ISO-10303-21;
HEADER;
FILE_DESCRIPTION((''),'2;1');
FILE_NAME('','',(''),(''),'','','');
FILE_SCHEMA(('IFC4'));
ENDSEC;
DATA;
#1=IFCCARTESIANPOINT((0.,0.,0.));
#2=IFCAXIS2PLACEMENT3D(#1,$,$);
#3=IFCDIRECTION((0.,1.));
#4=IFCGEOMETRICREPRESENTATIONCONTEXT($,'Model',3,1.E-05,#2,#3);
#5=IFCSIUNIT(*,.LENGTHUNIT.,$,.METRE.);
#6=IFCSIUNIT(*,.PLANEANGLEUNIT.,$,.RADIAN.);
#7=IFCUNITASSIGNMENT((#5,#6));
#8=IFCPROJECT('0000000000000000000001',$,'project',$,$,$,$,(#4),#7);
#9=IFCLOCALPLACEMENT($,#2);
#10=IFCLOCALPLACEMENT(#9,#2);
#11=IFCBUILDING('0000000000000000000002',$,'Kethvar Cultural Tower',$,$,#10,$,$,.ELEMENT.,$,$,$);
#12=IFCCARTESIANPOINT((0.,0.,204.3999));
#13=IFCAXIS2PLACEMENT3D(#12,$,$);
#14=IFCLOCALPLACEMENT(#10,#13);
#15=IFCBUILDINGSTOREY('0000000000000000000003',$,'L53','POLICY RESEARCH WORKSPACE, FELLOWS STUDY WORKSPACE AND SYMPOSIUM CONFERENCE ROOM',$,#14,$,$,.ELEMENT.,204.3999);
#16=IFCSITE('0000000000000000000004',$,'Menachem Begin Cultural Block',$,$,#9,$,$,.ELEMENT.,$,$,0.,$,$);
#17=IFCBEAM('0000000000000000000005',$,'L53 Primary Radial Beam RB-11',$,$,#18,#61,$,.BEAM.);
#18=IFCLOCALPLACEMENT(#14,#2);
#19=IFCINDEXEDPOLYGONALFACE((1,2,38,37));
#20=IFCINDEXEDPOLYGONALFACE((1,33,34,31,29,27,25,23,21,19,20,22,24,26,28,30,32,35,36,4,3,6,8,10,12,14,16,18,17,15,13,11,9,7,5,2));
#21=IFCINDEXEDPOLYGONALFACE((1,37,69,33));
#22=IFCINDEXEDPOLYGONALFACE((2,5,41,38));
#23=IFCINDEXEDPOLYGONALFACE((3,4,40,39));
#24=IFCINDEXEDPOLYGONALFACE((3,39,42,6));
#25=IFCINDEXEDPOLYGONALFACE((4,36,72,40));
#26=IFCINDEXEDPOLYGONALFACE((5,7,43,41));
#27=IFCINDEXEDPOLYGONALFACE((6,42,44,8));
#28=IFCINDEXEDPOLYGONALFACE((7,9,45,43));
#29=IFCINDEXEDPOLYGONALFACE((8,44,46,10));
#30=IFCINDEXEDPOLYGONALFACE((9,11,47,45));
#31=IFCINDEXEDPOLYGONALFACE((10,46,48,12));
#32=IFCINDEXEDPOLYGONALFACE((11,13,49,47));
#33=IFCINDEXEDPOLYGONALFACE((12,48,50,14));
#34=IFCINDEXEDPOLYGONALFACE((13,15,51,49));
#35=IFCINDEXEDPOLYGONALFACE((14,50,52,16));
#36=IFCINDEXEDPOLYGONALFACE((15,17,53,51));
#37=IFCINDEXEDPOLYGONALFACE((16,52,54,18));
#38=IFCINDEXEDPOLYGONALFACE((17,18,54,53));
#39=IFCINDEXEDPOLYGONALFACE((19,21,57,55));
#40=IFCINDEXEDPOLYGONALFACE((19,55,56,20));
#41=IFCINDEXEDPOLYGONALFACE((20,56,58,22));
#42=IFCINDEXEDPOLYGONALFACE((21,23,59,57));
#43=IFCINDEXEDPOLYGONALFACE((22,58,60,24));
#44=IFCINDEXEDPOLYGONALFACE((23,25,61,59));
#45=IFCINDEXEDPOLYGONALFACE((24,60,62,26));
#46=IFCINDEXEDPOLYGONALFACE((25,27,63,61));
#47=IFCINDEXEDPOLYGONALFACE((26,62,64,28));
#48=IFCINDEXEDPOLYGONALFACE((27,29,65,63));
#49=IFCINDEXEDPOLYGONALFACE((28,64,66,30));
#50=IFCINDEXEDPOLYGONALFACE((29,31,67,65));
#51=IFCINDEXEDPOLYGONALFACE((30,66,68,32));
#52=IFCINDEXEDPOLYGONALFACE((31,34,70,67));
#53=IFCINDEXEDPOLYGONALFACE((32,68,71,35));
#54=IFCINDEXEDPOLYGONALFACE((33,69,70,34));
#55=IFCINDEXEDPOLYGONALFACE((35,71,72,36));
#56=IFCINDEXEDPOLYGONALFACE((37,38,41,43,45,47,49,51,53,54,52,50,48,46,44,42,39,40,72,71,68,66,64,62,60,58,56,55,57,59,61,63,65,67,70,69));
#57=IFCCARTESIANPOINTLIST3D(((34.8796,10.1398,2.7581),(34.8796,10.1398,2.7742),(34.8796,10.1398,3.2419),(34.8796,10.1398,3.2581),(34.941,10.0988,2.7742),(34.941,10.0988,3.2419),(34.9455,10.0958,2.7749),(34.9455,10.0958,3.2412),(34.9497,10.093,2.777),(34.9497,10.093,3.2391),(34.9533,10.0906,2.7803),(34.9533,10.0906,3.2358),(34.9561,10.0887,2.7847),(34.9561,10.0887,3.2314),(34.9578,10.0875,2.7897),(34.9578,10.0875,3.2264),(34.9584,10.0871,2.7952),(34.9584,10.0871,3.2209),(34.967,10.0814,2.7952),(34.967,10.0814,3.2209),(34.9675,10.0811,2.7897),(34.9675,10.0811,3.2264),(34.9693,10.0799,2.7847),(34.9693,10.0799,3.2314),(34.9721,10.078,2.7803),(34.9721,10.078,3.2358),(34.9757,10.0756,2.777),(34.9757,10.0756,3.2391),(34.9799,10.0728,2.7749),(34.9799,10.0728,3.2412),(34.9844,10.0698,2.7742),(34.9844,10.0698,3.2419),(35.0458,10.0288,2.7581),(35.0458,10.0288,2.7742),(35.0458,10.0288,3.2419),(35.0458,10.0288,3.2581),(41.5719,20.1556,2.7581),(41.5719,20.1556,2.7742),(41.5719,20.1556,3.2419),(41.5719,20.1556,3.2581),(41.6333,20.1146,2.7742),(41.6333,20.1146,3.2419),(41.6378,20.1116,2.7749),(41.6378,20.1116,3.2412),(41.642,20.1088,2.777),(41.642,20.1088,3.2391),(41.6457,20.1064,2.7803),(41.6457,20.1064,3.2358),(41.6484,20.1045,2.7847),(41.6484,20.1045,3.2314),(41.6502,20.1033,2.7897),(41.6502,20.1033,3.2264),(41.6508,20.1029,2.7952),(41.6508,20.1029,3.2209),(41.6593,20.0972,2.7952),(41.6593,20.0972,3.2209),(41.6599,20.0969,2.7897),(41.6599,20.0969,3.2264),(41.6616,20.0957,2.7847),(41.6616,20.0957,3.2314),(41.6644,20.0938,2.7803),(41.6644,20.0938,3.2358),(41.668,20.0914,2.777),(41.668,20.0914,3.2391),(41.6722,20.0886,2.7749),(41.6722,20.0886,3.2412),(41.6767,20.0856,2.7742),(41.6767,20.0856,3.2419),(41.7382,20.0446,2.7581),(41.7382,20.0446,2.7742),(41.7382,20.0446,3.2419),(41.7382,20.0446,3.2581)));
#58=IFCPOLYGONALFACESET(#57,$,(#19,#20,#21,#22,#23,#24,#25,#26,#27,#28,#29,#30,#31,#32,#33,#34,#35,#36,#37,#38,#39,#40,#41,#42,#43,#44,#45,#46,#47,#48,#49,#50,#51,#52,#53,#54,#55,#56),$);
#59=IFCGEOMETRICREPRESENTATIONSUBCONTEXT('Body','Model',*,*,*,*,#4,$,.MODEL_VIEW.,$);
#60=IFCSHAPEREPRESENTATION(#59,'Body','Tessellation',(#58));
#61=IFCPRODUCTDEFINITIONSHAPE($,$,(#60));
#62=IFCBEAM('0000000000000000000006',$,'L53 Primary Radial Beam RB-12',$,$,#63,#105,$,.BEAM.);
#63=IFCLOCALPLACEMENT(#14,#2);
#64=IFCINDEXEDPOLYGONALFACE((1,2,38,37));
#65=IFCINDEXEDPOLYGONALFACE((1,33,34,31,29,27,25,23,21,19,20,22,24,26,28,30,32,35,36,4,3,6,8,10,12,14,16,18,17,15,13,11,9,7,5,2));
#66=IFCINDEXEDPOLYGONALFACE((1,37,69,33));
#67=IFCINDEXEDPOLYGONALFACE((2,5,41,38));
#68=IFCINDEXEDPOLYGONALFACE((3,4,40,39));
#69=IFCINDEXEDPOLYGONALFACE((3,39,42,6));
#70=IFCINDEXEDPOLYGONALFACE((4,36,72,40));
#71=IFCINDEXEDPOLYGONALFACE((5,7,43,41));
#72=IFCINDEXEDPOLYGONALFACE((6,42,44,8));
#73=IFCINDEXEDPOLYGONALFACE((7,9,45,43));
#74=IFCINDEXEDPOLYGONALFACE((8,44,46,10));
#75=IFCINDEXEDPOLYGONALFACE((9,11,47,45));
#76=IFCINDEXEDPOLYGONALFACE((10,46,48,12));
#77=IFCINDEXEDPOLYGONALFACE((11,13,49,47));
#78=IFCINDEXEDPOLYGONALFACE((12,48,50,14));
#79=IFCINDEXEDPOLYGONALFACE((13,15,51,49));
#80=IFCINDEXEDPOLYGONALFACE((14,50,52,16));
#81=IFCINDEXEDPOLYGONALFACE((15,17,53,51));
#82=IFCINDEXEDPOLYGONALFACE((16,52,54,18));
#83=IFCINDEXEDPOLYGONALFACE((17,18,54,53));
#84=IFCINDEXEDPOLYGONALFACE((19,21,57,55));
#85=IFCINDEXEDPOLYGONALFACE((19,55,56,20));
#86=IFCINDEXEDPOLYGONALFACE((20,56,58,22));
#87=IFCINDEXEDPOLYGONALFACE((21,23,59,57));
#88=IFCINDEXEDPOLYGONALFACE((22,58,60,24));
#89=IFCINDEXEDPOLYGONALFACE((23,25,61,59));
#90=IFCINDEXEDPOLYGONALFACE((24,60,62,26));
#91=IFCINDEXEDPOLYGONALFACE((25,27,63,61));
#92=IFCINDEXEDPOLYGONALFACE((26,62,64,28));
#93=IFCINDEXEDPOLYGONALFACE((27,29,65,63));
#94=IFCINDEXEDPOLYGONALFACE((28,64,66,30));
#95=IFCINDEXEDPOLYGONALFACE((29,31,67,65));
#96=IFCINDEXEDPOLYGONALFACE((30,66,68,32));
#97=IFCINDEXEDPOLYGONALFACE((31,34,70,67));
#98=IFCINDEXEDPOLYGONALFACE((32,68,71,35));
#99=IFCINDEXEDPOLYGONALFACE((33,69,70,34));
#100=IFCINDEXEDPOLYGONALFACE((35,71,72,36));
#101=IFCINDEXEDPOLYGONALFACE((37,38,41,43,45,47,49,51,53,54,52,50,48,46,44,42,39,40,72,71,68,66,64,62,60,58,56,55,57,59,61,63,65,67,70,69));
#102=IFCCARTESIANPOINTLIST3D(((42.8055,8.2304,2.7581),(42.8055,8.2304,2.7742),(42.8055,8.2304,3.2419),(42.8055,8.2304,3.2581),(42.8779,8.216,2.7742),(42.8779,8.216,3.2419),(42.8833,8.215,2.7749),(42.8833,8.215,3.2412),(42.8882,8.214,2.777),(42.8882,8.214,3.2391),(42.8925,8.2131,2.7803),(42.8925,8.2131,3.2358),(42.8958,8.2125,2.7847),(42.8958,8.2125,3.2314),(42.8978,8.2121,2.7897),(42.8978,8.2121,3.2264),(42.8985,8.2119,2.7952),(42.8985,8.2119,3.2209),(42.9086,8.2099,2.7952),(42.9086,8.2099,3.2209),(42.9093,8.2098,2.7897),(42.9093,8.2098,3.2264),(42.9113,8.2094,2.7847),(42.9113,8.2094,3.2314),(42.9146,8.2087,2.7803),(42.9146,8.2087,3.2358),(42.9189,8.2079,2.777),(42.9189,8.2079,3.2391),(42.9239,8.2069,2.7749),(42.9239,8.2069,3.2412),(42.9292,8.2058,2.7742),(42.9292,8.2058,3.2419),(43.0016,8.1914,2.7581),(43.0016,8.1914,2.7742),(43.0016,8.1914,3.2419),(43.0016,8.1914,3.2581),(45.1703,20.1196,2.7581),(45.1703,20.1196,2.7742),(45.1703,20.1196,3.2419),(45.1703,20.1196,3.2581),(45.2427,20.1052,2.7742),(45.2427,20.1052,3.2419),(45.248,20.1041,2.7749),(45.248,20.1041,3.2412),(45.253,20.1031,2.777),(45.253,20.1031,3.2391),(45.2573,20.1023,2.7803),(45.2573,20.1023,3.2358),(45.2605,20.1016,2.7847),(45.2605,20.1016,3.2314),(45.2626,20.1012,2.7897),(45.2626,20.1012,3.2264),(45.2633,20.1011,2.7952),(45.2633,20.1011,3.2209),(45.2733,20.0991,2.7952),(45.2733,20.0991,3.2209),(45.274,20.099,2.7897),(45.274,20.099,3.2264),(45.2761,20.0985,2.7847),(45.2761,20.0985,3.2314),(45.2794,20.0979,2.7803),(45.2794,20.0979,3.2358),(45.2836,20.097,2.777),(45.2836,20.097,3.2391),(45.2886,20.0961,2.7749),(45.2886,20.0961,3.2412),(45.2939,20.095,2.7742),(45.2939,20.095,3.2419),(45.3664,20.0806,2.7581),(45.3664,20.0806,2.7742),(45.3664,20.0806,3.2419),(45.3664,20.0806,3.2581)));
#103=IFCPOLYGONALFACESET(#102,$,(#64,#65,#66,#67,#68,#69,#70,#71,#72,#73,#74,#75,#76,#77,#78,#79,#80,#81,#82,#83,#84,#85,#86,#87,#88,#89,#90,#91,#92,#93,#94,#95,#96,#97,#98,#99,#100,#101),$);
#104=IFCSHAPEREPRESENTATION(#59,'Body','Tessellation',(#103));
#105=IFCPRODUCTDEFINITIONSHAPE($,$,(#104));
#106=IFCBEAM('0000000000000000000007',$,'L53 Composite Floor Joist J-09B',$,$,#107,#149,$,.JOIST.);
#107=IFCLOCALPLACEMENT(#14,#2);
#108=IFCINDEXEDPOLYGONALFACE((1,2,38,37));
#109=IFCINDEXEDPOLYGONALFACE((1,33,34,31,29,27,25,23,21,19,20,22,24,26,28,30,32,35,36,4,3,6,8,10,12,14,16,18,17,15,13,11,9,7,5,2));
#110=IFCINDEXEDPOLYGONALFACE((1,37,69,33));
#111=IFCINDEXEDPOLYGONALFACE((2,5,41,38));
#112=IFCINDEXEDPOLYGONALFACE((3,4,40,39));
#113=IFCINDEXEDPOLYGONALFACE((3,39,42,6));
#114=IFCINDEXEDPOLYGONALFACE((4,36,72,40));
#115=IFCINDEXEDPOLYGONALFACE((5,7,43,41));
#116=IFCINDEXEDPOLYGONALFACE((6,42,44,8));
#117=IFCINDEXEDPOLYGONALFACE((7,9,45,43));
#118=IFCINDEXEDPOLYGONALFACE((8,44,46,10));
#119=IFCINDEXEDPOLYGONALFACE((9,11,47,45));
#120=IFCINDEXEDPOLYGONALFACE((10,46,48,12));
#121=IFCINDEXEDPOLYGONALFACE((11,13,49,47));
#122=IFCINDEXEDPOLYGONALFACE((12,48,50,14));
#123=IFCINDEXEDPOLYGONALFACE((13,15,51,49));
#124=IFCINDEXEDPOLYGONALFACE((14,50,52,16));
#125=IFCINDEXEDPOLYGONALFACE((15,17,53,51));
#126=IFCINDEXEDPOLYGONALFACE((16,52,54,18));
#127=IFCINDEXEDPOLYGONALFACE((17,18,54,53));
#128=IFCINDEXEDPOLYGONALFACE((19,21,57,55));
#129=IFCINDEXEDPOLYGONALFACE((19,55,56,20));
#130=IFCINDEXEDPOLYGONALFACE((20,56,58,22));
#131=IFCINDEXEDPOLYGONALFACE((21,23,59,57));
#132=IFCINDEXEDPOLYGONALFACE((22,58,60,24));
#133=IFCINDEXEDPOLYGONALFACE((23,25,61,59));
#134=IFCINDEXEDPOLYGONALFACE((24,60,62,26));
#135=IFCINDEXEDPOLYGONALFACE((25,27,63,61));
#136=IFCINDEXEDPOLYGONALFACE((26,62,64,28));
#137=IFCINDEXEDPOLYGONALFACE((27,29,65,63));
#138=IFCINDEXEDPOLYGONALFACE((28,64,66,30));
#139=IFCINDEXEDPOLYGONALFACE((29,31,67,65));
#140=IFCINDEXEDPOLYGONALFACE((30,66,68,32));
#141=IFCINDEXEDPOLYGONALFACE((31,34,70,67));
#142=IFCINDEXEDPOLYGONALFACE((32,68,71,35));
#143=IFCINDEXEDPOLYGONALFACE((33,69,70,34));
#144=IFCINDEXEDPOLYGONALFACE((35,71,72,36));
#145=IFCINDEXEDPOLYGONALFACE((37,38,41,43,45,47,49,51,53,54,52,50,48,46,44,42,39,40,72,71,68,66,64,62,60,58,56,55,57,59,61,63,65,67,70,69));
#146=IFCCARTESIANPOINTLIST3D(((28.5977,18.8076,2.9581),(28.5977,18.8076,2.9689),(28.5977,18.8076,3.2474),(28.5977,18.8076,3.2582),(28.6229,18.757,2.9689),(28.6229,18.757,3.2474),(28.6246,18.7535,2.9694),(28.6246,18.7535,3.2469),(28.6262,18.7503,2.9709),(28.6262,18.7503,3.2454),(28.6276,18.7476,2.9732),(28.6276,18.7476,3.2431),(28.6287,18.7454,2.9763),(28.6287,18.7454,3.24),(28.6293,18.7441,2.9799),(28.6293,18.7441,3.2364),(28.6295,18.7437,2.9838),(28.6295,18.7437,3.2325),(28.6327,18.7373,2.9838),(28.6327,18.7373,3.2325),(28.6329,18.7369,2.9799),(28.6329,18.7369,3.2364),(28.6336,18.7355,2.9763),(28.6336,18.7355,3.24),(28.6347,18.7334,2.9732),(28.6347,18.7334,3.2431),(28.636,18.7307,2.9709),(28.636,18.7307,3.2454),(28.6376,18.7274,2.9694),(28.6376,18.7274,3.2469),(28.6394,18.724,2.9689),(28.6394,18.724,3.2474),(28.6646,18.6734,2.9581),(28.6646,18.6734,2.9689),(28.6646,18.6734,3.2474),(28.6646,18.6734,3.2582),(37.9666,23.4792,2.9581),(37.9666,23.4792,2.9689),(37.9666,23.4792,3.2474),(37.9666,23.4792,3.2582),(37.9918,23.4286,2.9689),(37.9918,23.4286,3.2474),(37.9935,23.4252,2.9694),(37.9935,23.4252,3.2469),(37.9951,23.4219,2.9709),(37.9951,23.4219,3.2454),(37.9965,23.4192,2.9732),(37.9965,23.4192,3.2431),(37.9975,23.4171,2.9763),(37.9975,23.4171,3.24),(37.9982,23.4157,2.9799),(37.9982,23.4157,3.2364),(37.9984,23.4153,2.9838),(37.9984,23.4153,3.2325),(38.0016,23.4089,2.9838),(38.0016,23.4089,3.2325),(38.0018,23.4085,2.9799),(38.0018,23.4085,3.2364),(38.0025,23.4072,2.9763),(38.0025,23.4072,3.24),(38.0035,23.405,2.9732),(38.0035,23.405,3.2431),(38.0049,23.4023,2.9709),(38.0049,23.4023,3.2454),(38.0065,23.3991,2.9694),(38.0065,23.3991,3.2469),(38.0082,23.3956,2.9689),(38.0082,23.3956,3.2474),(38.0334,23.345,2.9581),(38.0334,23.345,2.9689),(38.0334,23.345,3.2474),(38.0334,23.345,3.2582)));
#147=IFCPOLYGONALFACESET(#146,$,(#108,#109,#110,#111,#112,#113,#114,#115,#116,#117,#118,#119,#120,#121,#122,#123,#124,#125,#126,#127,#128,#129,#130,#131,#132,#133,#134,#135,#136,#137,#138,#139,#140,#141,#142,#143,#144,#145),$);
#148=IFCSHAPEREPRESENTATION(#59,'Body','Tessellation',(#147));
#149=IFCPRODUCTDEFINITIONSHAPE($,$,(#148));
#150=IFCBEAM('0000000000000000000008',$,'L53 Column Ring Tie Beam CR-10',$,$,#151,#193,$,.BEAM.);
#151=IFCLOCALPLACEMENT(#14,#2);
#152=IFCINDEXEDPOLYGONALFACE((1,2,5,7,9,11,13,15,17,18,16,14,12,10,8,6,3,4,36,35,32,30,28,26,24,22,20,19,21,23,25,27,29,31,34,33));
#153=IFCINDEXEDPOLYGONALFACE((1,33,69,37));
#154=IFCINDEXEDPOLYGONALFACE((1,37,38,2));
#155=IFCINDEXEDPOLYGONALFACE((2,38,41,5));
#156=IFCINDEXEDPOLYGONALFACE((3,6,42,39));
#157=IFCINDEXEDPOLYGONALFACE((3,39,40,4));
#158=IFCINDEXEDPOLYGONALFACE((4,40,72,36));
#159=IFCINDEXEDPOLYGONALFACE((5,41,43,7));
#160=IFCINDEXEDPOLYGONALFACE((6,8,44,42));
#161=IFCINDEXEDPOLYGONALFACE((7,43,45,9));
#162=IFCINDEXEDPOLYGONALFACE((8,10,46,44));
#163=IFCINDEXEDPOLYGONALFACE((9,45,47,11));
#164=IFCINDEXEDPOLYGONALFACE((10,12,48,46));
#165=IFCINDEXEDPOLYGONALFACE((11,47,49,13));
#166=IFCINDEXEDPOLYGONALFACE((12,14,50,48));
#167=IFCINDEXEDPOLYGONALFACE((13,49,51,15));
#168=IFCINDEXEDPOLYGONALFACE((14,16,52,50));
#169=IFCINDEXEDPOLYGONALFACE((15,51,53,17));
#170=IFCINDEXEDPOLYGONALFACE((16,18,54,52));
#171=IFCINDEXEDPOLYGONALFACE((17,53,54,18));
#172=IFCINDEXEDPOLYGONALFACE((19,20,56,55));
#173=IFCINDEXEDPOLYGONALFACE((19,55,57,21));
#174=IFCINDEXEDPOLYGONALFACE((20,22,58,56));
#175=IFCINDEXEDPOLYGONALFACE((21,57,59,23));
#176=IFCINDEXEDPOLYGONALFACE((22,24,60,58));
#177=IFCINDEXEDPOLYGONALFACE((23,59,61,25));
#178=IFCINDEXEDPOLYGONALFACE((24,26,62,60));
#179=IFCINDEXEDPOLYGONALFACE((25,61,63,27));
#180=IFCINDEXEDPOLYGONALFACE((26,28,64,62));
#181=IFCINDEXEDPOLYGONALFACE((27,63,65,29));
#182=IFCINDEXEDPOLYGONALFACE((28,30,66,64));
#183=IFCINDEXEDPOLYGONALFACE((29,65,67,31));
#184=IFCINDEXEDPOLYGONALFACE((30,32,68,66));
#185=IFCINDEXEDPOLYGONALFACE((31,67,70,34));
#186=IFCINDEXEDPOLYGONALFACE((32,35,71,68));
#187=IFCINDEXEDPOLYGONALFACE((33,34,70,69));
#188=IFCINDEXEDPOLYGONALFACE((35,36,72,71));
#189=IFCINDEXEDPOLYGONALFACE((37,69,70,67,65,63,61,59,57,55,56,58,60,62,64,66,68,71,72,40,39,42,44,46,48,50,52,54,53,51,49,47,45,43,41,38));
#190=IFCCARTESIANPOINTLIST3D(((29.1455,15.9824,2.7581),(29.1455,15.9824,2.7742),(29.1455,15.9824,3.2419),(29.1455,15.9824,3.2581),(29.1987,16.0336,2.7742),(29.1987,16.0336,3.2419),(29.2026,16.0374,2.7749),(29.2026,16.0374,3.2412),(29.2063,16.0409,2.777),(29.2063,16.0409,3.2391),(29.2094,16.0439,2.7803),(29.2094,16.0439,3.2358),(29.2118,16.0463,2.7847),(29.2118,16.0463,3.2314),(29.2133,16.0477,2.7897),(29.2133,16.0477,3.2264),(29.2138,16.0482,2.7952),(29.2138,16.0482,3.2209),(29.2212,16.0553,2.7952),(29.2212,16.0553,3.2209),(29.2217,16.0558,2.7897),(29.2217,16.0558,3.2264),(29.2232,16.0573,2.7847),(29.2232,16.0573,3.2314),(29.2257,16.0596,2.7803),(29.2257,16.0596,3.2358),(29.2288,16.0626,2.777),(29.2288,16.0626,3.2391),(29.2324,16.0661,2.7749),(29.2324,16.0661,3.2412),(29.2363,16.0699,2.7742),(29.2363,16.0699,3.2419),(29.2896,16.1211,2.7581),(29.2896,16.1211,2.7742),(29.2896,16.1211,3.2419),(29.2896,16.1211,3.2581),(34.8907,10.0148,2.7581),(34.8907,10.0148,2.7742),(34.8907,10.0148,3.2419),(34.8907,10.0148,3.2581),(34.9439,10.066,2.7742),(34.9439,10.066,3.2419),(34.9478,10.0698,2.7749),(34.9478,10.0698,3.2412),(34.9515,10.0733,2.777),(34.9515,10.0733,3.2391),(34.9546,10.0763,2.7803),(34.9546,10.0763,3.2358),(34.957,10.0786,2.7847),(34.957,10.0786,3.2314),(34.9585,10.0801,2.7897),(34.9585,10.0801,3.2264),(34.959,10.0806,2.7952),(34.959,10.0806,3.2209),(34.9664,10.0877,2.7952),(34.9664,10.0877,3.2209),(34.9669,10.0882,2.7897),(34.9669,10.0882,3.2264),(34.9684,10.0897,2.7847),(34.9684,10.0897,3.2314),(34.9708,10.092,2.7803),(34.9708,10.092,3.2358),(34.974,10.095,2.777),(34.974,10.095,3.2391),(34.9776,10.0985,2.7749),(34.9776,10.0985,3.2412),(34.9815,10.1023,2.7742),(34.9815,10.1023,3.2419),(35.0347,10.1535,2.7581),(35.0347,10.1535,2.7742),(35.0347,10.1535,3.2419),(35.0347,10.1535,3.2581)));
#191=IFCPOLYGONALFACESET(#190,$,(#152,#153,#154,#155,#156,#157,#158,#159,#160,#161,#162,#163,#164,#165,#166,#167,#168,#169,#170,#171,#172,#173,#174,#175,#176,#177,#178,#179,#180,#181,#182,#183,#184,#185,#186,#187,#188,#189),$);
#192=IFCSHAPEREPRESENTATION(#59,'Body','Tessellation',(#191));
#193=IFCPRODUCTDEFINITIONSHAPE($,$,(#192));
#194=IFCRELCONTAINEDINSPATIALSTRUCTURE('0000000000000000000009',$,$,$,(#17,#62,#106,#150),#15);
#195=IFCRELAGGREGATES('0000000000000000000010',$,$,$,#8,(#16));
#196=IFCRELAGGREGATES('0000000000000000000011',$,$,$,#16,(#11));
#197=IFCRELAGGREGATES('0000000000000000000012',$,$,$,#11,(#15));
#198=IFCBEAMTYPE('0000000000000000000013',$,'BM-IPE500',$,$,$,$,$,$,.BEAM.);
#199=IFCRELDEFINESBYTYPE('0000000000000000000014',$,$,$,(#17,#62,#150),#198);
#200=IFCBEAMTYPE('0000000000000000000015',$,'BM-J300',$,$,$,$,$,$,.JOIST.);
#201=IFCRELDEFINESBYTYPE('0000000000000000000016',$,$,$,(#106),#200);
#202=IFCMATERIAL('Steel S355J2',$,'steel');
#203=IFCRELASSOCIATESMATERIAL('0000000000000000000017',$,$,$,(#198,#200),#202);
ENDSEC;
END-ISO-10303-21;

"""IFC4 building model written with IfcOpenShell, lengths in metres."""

from ifc_helpers import new_model, si_unit, direction, frame, origin, origin_2d, place, context, subcontext, project, spatial, i_section, extrude, source, transform, mapped, material, material_profile, profile_set, type_object, element, save


model = new_model("IFC4")

# Units and contexts
model_context = context("Model", 3, precision=1e-05, world=origin(), true_north=direction((0.0, 1.0)))
body_context = subcontext(model_context, "Body", "Model", "MODEL_VIEW")
ifc_project = project(units=[si_unit("LENGTHUNIT", "METRE"), si_unit("PLANEANGLEUNIT", "RADIAN")], contexts=[model_context])

# Site, building, storey
site_placement = place(None, origin())
site = spatial("IfcSite", under=ifc_project, at=site_placement, Name="Menachem Begin Cultural Block", CompositionType="ELEMENT", RefElevation=0.0)
building_placement = place(site_placement, origin())
building = spatial("IfcBuilding", under=site, at=building_placement, Name="Kethvar Cultural Tower", CompositionType="ELEMENT")
storey_placement = place(building_placement, frame((0.0, 0.0, 204.3999)))
storey = spatial("IfcBuildingStorey", under=building, at=storey_placement, Name="L53", Description="POLICY RESEARCH WORKSPACE, FELLOWS STUDY WORKSPACE AND SYMPOSIUM CONFERENCE ROOM", CompositionType="ELEMENT", Elevation=204.3999)

# Beams
ifc_material_1 = material(Name="Steel S355J2", Category="steel")
ifc_material_profile_1 = material_profile(ifc_material_1, i_section(OverallWidth=0.2, OverallDepth=0.5, WebThickness=0.0103, FlangeThickness=0.0161, FilletRadius=0.021, at=origin_2d()), Name="Steel S355J2 — IPE500")
ifc_profile_set_1 = profile_set([ifc_material_profile_1], Name="Steel S355J2 — IPE500")
beam_type_1 = type_object("IfcBeamType", Name="BM-IPE500", PredefinedType="BEAM", material=ifc_profile_set_1)
shared_shape_1 = source(origin(), body_context, "Body", "SweptSolid", [
    extrude(i_section(OverallWidth=0.2, OverallDepth=0.5, WebThickness=0.0103, FlangeThickness=0.0161, FilletRadius=0.021, at=origin_2d()), origin(), (0.0, 0.0, 1.0), 12.0459),
])
beam_1_placement = place(storey_placement, frame((41.655, 20.1001, 3.0081), z_axis=(-0.55557, -0.83147, 0.0), x_axis=(0.83147, -0.55557, 0.0)))
element("IfcBeam", 1, at=beam_1_placement, inside=storey, type_object=beam_type_1, Name="L53 Primary Radial Beam RB-11", PredefinedType="BEAM", context=body_context, shape_type="MappedRepresentation", body=[
    mapped(shared_shape_1, transform((0.0, 0.0, 0.0), scale=1.0)),
])
shared_shape_2 = source(origin(), body_context, "Body", "SweptSolid", [
    extrude(i_section(OverallWidth=0.2, OverallDepth=0.5, WebThickness=0.0103, FlangeThickness=0.0161, FilletRadius=0.021, at=origin_2d()), origin(), (0.0, 0.0, 1.0), 12.1221),
])
beam_2_placement = place(storey_placement, frame((45.2683, 20.1001, 3.0081), z_axis=(-0.195078, -0.980788, 0.0), x_axis=(0.980788, -0.195078, 0.0)))
element("IfcBeam", 2, at=beam_2_placement, inside=storey, type_object=beam_type_1, Name="L53 Primary Radial Beam RB-12", PredefinedType="BEAM", context=body_context, shape_type="MappedRepresentation", body=[
    mapped(shared_shape_2, transform((0.0, 0.0, 0.0), scale=1.0)),
])
ifc_material_profile_2 = material_profile(ifc_material_1, i_section(OverallWidth=0.1499, OverallDepth=0.3, WebThickness=0.0071, FlangeThickness=0.0107, FilletRadius=0.0149, at=origin_2d()), Name="Steel S355J2 — IPE300")
ifc_profile_set_2 = profile_set([ifc_material_profile_2], Name="Steel S355J2 — IPE300")
beam_type_2 = type_object("IfcBeamType", Name="BM-J300", PredefinedType="JOIST", material=ifc_profile_set_2)
shared_shape_3 = source(origin(), body_context, "Body", "SweptSolid", [
    extrude(i_section(OverallWidth=0.1499, OverallDepth=0.3, WebThickness=0.0071, FlangeThickness=0.0107, FilletRadius=0.0149, at=origin_2d()), origin(), (0.0, 0.0, 1.0), 10.469),
])
beam_3_placement = place(storey_placement, frame((38.0, 23.4121, 3.1082), z_axis=(-0.894916, -0.446234, 0.0), x_axis=(0.446234, -0.894916, 0.0)))
element("IfcBeam", 3, at=beam_3_placement, inside=storey, type_object=beam_type_2, Name="L53 Composite Floor Joist J-09B", PredefinedType="JOIST", context=body_context, shape_type="MappedRepresentation", body=[
    mapped(shared_shape_3, transform((0.0, 0.0, 0.0), scale=1.0)),
])
shared_shape_4 = source(origin(), body_context, "Body", "SweptSolid", [
    extrude(i_section(OverallWidth=0.2, OverallDepth=0.5, WebThickness=0.0103, FlangeThickness=0.0161, FilletRadius=0.021, at=origin_2d()), origin(), (0.0, 0.0, 1.0), 8.2837),
])
beam_4_placement = place(storey_placement, frame((29.2175, 16.0518, 3.0081), z_axis=(0.693554, -0.720404, 0.0), x_axis=(0.720404, 0.693554, 0.0)))
element("IfcBeam", 4, at=beam_4_placement, inside=storey, type_object=beam_type_1, Name="L53 Column Ring Tie Beam CR-10", PredefinedType="BEAM", context=body_context, shape_type="MappedRepresentation", body=[
    mapped(shared_shape_4, transform((0.0, 0.0, 0.0), scale=1.0)),
])

save(model, "model.ifc")
